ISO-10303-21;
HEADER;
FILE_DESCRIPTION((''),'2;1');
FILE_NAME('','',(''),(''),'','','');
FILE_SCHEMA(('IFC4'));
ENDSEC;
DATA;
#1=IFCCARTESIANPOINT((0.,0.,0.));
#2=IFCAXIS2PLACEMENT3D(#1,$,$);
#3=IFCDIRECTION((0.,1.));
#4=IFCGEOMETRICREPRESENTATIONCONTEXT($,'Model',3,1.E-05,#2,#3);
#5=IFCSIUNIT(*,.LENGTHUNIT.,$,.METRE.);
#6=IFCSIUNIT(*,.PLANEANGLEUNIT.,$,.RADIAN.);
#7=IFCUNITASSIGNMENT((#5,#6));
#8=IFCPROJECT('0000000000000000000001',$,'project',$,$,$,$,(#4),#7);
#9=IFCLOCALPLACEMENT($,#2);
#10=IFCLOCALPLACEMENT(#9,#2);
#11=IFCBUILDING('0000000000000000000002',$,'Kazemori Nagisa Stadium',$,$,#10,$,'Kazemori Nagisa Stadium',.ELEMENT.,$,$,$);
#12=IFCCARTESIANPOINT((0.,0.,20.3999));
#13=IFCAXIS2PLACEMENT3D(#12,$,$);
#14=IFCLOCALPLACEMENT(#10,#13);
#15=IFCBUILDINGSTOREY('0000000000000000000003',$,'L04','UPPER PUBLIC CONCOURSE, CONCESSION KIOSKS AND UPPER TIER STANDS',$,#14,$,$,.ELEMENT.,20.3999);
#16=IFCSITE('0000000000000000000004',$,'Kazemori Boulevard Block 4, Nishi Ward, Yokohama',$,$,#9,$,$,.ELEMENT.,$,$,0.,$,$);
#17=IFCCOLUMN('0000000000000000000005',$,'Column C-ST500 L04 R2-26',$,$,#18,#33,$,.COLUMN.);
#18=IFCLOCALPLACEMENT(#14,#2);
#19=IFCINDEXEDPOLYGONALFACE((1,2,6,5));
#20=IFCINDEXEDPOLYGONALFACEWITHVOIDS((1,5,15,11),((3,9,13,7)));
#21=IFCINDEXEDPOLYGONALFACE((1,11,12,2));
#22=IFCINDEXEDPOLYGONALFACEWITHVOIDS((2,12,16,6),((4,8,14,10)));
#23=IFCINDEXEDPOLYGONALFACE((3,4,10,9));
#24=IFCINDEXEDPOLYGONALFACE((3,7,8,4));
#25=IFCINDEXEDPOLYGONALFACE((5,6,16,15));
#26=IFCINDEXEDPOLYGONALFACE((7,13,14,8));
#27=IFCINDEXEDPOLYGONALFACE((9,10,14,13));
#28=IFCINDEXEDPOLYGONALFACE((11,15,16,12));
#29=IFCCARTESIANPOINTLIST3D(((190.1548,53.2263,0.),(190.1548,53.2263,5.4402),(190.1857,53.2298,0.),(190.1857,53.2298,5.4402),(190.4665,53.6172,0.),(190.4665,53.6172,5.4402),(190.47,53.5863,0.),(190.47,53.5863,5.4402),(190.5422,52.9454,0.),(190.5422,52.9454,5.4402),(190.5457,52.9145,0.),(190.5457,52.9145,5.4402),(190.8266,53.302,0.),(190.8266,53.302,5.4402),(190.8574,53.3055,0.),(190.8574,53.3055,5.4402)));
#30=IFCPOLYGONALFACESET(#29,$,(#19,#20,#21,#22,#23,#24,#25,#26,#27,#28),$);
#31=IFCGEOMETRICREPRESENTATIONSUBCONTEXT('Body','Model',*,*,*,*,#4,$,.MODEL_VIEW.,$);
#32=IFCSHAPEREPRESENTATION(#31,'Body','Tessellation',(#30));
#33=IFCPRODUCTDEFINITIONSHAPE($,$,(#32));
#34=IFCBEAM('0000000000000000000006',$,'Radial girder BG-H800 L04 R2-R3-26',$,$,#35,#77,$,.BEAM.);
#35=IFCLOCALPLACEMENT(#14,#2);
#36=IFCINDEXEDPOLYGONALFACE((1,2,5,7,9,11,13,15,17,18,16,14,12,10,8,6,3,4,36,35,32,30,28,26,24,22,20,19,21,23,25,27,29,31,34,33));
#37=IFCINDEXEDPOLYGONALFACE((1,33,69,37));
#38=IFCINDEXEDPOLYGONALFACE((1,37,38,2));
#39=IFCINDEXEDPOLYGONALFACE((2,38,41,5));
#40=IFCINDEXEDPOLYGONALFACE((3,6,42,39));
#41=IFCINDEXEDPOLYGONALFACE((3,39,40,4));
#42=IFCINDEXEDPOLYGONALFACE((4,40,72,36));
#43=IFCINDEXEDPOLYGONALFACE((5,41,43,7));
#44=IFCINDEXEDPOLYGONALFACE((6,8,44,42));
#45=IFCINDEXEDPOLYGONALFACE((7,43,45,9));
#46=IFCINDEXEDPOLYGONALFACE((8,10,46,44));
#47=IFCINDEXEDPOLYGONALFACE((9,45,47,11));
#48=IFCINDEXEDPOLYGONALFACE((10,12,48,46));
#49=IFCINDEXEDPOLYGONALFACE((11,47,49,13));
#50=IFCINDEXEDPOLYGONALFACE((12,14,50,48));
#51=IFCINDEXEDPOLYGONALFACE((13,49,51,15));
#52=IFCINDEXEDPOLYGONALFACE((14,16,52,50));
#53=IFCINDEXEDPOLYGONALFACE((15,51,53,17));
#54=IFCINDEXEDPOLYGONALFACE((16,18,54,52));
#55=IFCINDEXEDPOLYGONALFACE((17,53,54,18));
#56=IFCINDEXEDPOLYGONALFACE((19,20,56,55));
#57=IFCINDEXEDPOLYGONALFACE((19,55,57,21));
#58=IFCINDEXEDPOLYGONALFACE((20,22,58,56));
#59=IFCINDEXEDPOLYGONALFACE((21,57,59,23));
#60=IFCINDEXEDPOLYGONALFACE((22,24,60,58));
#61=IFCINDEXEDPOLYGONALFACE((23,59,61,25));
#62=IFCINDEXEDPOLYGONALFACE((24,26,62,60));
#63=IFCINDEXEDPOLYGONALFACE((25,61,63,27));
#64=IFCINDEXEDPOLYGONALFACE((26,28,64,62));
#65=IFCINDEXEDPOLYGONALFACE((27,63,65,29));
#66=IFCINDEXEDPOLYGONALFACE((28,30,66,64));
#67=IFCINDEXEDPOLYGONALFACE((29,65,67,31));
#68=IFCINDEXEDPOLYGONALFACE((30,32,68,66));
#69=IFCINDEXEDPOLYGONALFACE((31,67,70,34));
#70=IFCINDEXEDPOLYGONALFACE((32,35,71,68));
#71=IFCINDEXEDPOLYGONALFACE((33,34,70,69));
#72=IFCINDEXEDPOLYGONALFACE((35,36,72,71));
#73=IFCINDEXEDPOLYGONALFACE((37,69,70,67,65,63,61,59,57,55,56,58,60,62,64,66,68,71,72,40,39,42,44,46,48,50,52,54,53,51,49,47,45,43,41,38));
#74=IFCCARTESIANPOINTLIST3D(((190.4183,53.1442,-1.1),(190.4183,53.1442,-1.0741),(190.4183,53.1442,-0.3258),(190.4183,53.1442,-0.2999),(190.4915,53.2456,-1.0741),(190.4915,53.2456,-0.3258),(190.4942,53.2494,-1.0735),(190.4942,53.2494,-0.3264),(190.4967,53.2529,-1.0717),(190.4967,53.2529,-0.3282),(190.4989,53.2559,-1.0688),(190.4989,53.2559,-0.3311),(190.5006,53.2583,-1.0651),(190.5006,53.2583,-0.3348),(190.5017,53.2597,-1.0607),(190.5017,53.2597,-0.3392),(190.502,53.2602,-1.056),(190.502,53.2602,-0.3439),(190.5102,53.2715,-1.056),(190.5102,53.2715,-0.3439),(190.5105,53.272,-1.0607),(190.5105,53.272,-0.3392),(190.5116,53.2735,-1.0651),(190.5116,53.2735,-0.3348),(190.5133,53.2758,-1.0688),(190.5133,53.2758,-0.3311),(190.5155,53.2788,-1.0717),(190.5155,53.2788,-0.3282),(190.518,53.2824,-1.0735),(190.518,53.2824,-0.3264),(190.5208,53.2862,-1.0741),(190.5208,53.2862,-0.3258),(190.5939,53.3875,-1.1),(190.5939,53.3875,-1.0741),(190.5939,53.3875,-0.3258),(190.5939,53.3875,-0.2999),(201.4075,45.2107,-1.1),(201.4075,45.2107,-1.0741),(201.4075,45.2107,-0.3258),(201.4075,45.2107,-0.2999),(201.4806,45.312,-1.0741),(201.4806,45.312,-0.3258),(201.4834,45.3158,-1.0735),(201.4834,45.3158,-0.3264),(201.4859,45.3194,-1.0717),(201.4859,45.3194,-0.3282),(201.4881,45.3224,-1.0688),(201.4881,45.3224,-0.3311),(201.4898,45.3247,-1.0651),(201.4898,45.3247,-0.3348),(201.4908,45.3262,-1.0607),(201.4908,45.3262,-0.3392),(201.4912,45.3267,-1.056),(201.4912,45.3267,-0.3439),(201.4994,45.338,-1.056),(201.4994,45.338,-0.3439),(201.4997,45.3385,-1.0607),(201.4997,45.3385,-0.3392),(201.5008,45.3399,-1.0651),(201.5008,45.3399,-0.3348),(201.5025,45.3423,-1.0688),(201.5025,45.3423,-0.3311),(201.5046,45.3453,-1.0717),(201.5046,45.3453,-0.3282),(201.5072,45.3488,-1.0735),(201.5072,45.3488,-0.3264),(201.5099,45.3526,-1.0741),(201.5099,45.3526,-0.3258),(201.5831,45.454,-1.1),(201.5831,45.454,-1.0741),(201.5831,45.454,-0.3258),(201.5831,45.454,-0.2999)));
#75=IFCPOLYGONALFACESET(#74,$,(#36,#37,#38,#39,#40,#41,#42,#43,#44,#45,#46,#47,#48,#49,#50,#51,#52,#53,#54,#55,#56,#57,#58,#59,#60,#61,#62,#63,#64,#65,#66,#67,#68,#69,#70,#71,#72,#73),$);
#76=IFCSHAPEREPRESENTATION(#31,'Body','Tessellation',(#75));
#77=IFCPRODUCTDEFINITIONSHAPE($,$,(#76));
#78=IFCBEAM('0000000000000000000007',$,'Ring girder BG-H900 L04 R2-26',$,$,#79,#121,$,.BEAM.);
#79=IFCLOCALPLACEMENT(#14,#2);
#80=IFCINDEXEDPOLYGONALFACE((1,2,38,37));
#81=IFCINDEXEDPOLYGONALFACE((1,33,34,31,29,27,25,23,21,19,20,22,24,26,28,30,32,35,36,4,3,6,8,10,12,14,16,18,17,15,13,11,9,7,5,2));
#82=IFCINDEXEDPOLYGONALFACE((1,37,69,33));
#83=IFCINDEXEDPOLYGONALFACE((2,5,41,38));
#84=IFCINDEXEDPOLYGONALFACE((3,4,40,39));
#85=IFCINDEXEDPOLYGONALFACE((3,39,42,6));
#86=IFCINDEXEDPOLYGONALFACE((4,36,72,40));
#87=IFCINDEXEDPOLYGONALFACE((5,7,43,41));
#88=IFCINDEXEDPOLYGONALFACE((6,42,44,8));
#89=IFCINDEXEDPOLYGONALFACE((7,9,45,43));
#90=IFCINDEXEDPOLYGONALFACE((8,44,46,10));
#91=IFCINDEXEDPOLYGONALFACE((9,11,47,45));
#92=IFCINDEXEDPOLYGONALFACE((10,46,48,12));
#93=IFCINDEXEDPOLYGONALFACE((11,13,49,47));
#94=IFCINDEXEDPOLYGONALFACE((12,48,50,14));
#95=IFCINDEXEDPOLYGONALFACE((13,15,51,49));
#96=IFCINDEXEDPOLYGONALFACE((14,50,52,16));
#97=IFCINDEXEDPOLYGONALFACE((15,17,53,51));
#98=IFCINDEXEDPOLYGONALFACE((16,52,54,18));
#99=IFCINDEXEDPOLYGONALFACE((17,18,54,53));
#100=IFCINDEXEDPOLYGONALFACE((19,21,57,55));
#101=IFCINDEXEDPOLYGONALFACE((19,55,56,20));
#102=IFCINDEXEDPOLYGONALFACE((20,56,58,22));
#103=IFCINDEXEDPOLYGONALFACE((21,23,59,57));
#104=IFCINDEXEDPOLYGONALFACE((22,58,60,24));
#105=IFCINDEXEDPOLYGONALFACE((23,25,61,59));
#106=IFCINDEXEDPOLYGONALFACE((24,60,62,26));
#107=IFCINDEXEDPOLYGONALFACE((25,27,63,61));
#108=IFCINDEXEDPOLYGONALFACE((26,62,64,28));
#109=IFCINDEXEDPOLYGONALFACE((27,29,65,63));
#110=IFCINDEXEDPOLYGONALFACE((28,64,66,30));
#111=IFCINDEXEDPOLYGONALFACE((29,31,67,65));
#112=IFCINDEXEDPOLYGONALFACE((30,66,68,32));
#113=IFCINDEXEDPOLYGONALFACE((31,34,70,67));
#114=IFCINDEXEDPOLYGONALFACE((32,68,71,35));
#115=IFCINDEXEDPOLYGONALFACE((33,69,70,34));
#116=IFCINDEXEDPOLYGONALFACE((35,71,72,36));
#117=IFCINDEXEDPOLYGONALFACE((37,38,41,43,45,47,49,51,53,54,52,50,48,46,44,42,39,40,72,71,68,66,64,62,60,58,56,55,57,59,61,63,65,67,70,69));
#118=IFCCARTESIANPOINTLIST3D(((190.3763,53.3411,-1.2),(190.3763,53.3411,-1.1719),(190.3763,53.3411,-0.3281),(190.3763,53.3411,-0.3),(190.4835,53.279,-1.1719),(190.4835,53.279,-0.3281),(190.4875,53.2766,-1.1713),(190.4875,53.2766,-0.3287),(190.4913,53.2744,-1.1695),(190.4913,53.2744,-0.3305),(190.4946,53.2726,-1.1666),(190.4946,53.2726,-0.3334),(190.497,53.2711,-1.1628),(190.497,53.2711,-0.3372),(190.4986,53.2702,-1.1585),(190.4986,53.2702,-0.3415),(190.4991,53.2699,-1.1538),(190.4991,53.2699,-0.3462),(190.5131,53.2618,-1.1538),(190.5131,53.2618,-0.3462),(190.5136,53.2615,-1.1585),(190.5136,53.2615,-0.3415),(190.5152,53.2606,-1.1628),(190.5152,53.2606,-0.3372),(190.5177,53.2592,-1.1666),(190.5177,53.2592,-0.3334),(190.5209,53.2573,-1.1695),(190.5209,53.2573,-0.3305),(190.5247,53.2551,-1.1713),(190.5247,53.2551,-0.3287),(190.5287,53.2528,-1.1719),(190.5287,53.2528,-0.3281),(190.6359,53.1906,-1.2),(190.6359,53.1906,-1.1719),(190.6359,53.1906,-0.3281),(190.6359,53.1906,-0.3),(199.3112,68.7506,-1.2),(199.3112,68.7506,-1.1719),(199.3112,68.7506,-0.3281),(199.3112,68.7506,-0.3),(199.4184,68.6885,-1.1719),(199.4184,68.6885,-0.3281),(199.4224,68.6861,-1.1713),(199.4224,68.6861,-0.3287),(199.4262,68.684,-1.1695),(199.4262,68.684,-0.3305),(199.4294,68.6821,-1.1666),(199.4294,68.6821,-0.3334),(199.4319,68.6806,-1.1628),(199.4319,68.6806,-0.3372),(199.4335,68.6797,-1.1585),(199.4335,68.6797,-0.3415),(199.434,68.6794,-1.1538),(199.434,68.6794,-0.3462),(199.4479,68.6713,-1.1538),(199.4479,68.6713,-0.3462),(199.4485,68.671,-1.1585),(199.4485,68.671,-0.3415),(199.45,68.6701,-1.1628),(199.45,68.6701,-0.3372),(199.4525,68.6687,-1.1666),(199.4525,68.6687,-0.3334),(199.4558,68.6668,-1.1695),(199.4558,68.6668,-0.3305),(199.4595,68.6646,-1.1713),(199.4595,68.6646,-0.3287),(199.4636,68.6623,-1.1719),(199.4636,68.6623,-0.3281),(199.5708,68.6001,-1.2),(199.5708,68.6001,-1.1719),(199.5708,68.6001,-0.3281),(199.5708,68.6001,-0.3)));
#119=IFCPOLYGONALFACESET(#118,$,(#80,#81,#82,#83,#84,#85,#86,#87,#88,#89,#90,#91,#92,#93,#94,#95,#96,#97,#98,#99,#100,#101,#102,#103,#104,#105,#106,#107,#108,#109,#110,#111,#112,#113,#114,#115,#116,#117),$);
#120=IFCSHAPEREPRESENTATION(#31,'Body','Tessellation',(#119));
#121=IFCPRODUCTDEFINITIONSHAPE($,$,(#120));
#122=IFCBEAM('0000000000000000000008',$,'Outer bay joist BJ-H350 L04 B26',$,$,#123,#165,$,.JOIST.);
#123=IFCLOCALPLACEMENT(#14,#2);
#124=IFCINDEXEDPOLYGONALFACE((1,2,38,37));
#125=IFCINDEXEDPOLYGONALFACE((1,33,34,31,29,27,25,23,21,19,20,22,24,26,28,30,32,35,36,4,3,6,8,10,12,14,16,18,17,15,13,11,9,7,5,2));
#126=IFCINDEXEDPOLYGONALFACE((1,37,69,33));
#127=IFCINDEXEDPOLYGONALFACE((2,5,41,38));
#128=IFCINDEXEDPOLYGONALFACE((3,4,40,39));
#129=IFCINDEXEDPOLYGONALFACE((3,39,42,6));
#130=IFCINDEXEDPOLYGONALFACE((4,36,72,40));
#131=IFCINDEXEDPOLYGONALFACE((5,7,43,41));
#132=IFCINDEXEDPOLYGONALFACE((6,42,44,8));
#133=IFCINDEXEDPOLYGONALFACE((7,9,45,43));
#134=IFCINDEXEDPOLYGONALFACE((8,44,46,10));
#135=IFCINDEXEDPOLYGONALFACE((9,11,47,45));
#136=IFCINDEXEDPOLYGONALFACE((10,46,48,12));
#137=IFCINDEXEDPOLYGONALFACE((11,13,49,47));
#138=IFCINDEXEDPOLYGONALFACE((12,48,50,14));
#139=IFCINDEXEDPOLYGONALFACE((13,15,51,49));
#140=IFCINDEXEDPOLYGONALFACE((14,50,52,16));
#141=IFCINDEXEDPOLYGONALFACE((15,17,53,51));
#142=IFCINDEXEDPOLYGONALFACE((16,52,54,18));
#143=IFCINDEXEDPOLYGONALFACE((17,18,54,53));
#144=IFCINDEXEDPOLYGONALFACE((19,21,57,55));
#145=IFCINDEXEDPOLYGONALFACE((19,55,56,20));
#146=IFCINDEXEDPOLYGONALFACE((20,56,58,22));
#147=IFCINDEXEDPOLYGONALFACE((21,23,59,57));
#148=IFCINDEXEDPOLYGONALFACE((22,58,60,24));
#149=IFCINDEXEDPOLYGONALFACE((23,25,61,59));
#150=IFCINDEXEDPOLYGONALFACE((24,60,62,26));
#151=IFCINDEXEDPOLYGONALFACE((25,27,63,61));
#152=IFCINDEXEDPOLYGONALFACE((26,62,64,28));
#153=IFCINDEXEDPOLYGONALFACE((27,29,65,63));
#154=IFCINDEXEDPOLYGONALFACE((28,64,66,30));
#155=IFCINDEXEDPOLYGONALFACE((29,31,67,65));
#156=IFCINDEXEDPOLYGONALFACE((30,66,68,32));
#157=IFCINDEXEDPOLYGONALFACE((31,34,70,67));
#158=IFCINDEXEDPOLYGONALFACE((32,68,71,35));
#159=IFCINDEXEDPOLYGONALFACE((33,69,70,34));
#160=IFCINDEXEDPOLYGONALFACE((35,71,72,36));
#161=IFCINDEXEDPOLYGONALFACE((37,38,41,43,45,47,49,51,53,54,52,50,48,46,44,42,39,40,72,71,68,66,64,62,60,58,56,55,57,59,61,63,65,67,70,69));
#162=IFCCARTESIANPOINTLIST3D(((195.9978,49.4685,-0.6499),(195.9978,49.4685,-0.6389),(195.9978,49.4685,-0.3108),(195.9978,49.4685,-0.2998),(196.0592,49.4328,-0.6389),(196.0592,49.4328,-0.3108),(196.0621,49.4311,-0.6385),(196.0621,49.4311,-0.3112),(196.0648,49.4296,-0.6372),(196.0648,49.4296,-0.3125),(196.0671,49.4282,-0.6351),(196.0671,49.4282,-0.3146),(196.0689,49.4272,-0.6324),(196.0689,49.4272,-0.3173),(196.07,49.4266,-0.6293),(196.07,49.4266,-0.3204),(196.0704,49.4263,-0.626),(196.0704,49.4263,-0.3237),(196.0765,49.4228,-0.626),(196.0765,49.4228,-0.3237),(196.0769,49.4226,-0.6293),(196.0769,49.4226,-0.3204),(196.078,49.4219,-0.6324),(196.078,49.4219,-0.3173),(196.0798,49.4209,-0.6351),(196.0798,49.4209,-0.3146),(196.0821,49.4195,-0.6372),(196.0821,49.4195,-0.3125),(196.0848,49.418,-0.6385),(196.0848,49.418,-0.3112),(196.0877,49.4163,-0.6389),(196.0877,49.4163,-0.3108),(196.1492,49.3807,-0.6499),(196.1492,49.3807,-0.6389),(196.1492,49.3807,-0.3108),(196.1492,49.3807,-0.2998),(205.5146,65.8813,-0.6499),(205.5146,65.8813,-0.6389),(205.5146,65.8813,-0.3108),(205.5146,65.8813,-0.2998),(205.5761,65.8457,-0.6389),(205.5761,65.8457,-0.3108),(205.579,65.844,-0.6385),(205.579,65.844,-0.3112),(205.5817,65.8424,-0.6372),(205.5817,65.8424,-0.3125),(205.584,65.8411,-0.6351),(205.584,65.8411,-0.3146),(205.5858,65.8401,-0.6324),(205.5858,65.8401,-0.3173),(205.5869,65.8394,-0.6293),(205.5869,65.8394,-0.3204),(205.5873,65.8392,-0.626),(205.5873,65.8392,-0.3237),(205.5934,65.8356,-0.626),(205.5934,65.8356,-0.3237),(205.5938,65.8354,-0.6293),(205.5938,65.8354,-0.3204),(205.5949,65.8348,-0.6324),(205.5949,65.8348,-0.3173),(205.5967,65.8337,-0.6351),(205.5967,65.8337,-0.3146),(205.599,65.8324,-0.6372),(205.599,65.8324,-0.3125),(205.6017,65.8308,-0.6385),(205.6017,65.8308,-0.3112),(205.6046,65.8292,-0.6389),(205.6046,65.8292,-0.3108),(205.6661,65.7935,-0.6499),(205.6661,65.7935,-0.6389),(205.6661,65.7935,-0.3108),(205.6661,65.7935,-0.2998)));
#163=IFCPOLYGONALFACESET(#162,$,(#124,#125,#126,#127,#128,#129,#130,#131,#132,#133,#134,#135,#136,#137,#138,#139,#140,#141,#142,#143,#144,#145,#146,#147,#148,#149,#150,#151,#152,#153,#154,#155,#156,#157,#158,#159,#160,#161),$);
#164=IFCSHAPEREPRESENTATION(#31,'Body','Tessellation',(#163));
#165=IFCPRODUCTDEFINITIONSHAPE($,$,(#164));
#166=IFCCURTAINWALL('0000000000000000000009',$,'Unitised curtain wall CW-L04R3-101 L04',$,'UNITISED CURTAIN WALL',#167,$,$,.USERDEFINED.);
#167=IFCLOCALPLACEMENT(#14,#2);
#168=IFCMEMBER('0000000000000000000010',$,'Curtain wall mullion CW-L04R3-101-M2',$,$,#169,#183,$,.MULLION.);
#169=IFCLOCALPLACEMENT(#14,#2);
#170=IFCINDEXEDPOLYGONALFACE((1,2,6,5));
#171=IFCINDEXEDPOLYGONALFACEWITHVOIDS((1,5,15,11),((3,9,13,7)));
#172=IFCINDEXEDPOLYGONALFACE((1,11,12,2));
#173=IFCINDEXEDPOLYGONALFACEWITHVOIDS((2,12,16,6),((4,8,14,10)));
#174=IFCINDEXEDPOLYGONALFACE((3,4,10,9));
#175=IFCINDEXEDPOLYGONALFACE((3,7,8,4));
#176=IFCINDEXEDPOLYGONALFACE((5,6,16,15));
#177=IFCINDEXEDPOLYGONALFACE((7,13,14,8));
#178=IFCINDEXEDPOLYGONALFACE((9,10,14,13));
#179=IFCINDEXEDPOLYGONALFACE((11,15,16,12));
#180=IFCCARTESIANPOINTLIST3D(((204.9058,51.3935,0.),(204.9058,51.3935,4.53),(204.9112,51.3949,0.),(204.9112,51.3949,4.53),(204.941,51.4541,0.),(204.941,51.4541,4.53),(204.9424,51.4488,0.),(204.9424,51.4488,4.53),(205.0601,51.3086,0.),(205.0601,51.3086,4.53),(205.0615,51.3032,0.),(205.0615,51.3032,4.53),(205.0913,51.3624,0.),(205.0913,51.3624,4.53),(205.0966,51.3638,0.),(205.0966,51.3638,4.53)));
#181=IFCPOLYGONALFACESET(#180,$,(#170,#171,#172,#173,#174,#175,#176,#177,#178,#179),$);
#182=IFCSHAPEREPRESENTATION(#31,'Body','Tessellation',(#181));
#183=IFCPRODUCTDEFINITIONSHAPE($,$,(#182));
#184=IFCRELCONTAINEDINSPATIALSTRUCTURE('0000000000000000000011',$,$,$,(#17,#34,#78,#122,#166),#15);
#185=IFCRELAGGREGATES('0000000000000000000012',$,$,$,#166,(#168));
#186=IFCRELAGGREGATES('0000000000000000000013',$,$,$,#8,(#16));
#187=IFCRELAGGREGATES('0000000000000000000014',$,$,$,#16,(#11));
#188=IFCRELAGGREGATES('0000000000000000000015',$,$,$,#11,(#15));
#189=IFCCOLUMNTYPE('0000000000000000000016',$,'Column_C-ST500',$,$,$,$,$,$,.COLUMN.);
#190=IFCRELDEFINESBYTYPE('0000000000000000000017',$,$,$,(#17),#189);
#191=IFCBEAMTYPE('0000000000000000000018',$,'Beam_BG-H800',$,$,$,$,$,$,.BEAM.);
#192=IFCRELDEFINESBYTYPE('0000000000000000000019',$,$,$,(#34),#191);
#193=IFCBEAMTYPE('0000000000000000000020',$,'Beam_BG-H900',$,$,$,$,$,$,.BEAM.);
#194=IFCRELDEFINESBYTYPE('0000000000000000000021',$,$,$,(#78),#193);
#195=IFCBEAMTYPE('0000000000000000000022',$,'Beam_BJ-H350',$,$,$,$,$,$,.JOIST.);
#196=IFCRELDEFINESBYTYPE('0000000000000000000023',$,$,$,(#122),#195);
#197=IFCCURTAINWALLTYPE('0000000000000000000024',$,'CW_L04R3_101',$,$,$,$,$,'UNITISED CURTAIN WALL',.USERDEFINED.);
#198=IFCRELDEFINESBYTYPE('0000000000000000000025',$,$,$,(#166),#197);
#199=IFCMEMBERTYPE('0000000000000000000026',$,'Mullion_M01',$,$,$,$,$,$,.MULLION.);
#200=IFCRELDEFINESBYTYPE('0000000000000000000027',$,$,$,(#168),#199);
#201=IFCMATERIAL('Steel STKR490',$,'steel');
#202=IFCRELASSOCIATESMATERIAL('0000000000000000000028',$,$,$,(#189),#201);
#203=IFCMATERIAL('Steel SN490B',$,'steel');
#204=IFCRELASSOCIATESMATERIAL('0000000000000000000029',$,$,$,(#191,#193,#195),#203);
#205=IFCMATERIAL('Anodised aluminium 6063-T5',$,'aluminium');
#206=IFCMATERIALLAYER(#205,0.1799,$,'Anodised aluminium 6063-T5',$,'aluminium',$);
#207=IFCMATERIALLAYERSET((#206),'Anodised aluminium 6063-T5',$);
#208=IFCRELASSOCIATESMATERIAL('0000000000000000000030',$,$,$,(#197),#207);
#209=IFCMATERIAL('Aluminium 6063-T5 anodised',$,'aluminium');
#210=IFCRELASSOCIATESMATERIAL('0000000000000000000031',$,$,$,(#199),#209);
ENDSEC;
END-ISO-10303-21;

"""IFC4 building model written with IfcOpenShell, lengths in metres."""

from ifc_helpers import new_model, si_unit, direction, frame, origin, origin_2d, place, context, subcontext, project, spatial, hollow_rectangle, i_section, extrude, material, layer, layer_set, material_profile, profile_set, type_object, element, aggregate, save


model = new_model("IFC4")

# Units and contexts
model_context = context("Model", 3, precision=1e-05, world=origin(), true_north=direction((0.0, 1.0)))
body_context = subcontext(model_context, "Body", "Model", "MODEL_VIEW")
ifc_project = project(units=[si_unit("LENGTHUNIT", "METRE"), si_unit("PLANEANGLEUNIT", "RADIAN")], contexts=[model_context])

# Site, building, storey
site_placement = place(None, origin())
site = spatial("IfcSite", under=ifc_project, at=site_placement, Name="Kazemori Boulevard Block 4, Nishi Ward, Yokohama", CompositionType="ELEMENT", RefElevation=0.0)
building_placement = place(site_placement, origin())
building = spatial("IfcBuilding", under=site, at=building_placement, Name="Kazemori Nagisa Stadium", LongName="Kazemori Nagisa Stadium", CompositionType="ELEMENT")
storey_placement = place(building_placement, frame((0.0, 0.0, 20.3999)))
storey = spatial("IfcBuildingStorey", under=building, at=storey_placement, Name="L04", Description="UPPER PUBLIC CONCOURSE, CONCESSION KIOSKS AND UPPER TIER STANDS", CompositionType="ELEMENT", Elevation=20.3999)

# Column
ifc_material_1 = material(Name="Steel STKR490", Category="steel")
ifc_material_profile_1 = material_profile(ifc_material_1, hollow_rectangle(XDim=0.5, YDim=0.5, WallThickness=0.022, at=origin_2d()), Name="SHS-500x500x22")
ifc_profile_set_1 = profile_set([ifc_material_profile_1], Name="Steel STKR490")
column_type = type_object("IfcColumnType", Name="Column_C-ST500", PredefinedType="COLUMN", material=ifc_profile_set_1)
column_placement = place(storey_placement, frame((190.5061, 53.2659, 0.0), z_axis=(0.0, 0.0, 1.0), x_axis=(0.781831, -0.62349, 0.0)))
element("IfcColumn", 1, at=column_placement, inside=storey, type_object=column_type, Name="Column C-ST500 L04 R2-26", PredefinedType="COLUMN", context=body_context, shape_type="SweptSolid", body=[
    extrude(hollow_rectangle(XDim=0.5, YDim=0.5, WallThickness=0.022, at=origin_2d()), origin(), (0.0, 0.0, 1.0), 5.4402),
])

# Beams
ifc_material_2 = material(Name="Steel SN490B", Category="steel")
ifc_material_profile_2 = material_profile(ifc_material_2, i_section(OverallWidth=0.3, OverallDepth=0.8, WebThickness=0.0139, FlangeThickness=0.0259, FilletRadius=0.0181, at=origin_2d()), Name="H-800x300x14x26")
ifc_profile_set_2 = profile_set([ifc_material_profile_2], Name="Steel SN490B")
beam_type_1 = type_object("IfcBeamType", Name="Beam_BG-H800", PredefinedType="BEAM", material=ifc_profile_set_2)
beam_1_placement = place(storey_placement, frame((190.5061, 53.2659, -0.7), z_axis=(0.810788, -0.585341, 0.0), x_axis=(0.585341, 0.810788, 0.0)))
element("IfcBeam", 2, at=beam_1_placement, inside=storey, type_object=beam_type_1, Name="Radial girder BG-H800 L04 R2-R3-26", PredefinedType="BEAM", context=body_context, shape_type="SweptSolid", body=[
    extrude(i_section(OverallWidth=0.3, OverallDepth=0.8, WebThickness=0.0139, FlangeThickness=0.0259, FilletRadius=0.0181, at=origin_2d()), origin(), (0.0, 0.0, 1.0), 13.5537),
])
ifc_material_profile_3 = material_profile(ifc_material_2, i_section(OverallWidth=0.3, OverallDepth=0.8999, WebThickness=0.0161, FlangeThickness=0.0281, FilletRadius=0.0181, at=origin_2d()), Name="H-900x300x16x28")
ifc_profile_set_3 = profile_set([ifc_material_profile_3], Name="Steel SN490B")
beam_type_2 = type_object("IfcBeamType", Name="Beam_BG-H900", PredefinedType="BEAM", material=ifc_profile_set_3)
beam_2_placement = place(storey_placement, frame((190.5061, 53.2659, -0.75), z_axis=(0.501607, 0.865096, 0.0), x_axis=(-0.865096, 0.501607, 0.0)))
element("IfcBeam", 3, at=beam_2_placement, inside=storey, type_object=beam_type_2, Name="Ring girder BG-H900 L04 R2-26", PredefinedType="BEAM", context=body_context, shape_type="SweptSolid", body=[
    extrude(i_section(OverallWidth=0.3, OverallDepth=0.8999, WebThickness=0.0161, FlangeThickness=0.0281, FilletRadius=0.0181, at=origin_2d()), origin(), (0.0, 0.0, 1.0), 17.8125),
])
ifc_material_profile_4 = material_profile(ifc_material_2, i_section(OverallWidth=0.175, OverallDepth=0.3501, WebThickness=0.0071, FlangeThickness=0.011, FilletRadius=0.0129, at=origin_2d()), Name="H-350x175x7x11")
ifc_profile_set_4 = profile_set([ifc_material_profile_4], Name="Steel SN490B")
beam_type_3 = type_object("IfcBeamType", Name="Beam_BJ-H350", PredefinedType="JOIST", material=ifc_profile_set_4)
beam_3_placement = place(storey_placement, frame((196.0735, 49.4246, -0.4749), z_axis=(0.501615, 0.865091, 0.0), x_axis=(-0.865091, 0.501615, 0.0)))
element("IfcBeam", 4, at=beam_3_placement, inside=storey, type_object=beam_type_3, Name="Outer bay joist BJ-H350 L04 B26", PredefinedType="JOIST", context=body_context, shape_type="SweptSolid", body=[
    extrude(i_section(OverallWidth=0.175, OverallDepth=0.3501, WebThickness=0.0071, FlangeThickness=0.011, FilletRadius=0.0129, at=origin_2d()), origin(), (0.0, 0.0, 1.0), 18.9724),
])

# Curtain wall, member
ifc_material_3 = material(Name="Anodised aluminium 6063-T5", Category="aluminium")
ifc_layer_1 = layer(ifc_material_3, 0.1799, Name="Anodised aluminium 6063-T5", Category="aluminium")
ifc_layer_set_1 = layer_set([ifc_layer_1], Name="Anodised aluminium 6063-T5")
curtain_wall_type = type_object("IfcCurtainWallType", Name="CW_L04R3_101", ElementType="UNITISED CURTAIN WALL", PredefinedType="USERDEFINED", material=ifc_layer_set_1)
curtain_wall_placement = place(storey_placement, origin())
curtain_wall = element("IfcCurtainWall", 5, at=curtain_wall_placement, inside=storey, type_object=curtain_wall_type, Name="Unitised curtain wall CW-L04R3-101 L04", ObjectType="UNITISED CURTAIN WALL", PredefinedType="USERDEFINED")
ifc_material_4 = material(Name="Aluminium 6063-T5 anodised", Category="aluminium")
ifc_material_profile_5 = material_profile(ifc_material_4, hollow_rectangle(XDim=0.0701, YDim=0.1799, WallThickness=0.0039, at=origin_2d()), Name="ALU-MULL-70x180x4")
ifc_profile_set_5 = profile_set([ifc_material_profile_5], Name="Aluminium 6063-T5 anodised")
member_type_1 = type_object("IfcMemberType", Name="Mullion_M01", PredefinedType="MULLION", material=ifc_profile_set_5)
member_1_placement = place(storey_placement, frame((205.0012, 51.3787, 0.0), z_axis=(0.0, 0.0, 1.0), x_axis=(0.501612, 0.865093, 0.0)))
member_1 = element("IfcMember", 6, at=member_1_placement, type_object=member_type_1, Name="Curtain wall mullion CW-L04R3-101-M2", PredefinedType="MULLION", context=body_context, shape_type="SweptSolid", body=[
    extrude(hollow_rectangle(XDim=0.0701, YDim=0.1799, WallThickness=0.0039, at=origin_2d()), origin(), (0.0, 0.0, 1.0), 4.53),
])
aggregate(curtain_wall, [member_1])

save(model, "model.ifc")
